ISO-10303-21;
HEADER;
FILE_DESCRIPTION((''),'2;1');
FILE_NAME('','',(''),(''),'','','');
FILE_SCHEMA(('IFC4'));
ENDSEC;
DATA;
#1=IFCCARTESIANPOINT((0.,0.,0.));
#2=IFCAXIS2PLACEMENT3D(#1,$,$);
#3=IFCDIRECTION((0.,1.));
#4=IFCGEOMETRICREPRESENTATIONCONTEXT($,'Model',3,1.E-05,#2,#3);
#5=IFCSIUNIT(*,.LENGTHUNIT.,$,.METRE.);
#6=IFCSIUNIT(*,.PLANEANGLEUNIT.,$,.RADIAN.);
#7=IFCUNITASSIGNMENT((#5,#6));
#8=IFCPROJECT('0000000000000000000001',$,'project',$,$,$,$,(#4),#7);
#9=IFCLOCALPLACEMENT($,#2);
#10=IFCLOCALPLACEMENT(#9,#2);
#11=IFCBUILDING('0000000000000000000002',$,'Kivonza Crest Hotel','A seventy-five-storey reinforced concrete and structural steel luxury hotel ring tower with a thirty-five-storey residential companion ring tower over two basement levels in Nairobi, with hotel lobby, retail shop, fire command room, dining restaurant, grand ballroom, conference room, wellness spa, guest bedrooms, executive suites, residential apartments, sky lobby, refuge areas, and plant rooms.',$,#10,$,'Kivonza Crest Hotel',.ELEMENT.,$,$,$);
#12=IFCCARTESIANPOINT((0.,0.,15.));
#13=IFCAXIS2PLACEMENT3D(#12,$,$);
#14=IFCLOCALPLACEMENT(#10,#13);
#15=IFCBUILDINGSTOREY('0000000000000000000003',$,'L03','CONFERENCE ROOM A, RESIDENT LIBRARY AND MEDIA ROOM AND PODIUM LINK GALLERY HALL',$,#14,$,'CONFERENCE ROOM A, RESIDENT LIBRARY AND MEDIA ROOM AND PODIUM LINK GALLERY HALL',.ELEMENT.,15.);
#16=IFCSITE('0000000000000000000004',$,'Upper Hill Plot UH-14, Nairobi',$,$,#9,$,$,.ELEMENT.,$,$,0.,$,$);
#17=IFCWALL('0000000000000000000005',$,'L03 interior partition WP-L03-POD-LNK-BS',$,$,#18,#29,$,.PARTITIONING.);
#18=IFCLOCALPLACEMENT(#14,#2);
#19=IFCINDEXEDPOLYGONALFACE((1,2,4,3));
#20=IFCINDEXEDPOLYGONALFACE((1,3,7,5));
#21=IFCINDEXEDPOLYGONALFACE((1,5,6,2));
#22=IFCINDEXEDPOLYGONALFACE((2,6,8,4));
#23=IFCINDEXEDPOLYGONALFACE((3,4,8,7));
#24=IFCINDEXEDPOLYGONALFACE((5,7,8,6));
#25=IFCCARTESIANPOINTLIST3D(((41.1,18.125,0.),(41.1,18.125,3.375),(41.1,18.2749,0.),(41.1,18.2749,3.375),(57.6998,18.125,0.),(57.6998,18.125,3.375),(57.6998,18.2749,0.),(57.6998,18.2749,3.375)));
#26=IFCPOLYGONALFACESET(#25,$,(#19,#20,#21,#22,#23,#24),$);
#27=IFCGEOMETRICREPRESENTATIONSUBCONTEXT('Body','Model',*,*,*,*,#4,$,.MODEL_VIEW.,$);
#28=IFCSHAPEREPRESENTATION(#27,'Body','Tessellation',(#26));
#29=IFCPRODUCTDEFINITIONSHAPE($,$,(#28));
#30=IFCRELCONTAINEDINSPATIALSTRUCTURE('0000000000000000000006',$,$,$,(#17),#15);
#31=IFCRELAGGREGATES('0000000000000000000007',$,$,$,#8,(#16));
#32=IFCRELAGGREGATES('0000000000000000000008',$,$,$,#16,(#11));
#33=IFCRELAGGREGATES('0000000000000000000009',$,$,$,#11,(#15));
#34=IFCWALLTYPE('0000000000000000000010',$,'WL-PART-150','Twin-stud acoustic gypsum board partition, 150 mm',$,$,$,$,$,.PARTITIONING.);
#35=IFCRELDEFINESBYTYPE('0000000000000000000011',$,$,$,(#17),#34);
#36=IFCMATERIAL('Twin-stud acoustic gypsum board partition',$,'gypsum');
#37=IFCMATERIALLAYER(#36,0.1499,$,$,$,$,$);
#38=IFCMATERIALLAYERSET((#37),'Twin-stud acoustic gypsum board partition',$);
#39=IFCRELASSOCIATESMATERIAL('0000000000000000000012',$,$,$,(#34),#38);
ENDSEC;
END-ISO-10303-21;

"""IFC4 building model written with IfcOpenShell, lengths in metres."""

from ifc_helpers import new_model, si_unit, direction, frame, frame_2d, origin, place, context, subcontext, project, spatial, rectangle, extrude, material, layer, layer_set, type_object, element, save


model = new_model("IFC4")

# Units and contexts
model_context = context("Model", 3, precision=1e-05, world=origin(), true_north=direction((0.0, 1.0)))
body_context = subcontext(model_context, "Body", "Model", "MODEL_VIEW")
ifc_project = project(units=[si_unit("LENGTHUNIT", "METRE"), si_unit("PLANEANGLEUNIT", "RADIAN")], contexts=[model_context])

# Site, building, storey
site_placement = place(None, origin())
site = spatial("IfcSite", under=ifc_project, at=site_placement, Name="Upper Hill Plot UH-14, Nairobi", CompositionType="ELEMENT", RefElevation=0.0)
building_placement = place(site_placement, origin())
building = spatial("IfcBuilding", under=site, at=building_placement, Name="Kivonza Crest Hotel", Description="A seventy-five-storey reinforced concrete and structural steel luxury hotel ring tower with a thirty-five-storey residential companion ring tower over two basement levels in Nairobi, with hotel lobby, retail shop, fire command room, dining restaurant, grand ballroom, conference room, wellness spa, guest bedrooms, executive suites, residential apartments, sky lobby, refuge areas, and plant rooms.", LongName="Kivonza Crest Hotel", CompositionType="ELEMENT")
storey_placement = place(building_placement, frame((0.0, 0.0, 15.0)))
storey = spatial("IfcBuildingStorey", under=building, at=storey_placement, Name="L03", Description="CONFERENCE ROOM A, RESIDENT LIBRARY AND MEDIA ROOM AND PODIUM LINK GALLERY HALL", LongName="CONFERENCE ROOM A, RESIDENT LIBRARY AND MEDIA ROOM AND PODIUM LINK GALLERY HALL", CompositionType="ELEMENT", Elevation=15.0)

# Wall
ifc_material_1 = material(Name="Twin-stud acoustic gypsum board partition", Category="gypsum")
ifc_layer_1 = layer(ifc_material_1, 0.1499)
ifc_layer_set_1 = layer_set([ifc_layer_1], Name="Twin-stud acoustic gypsum board partition")
wall_type_1 = type_object("IfcWallType", Name="WL-PART-150", Description="Twin-stud acoustic gypsum board partition, 150 mm", PredefinedType="PARTITIONING", material=ifc_layer_set_1)
wall_1_placement = place(storey_placement, frame((41.1001, 18.2, 0.0), z_axis=(0.0, 0.0, 1.0), x_axis=(1.0, 0.0, 0.0)))
element("IfcWall", 1, at=wall_1_placement, inside=storey, type_object=wall_type_1, Name="L03 interior partition WP-L03-POD-LNK-BS", PredefinedType="PARTITIONING", context=body_context, shape_type="SweptSolid", body=[
    extrude(rectangle(XDim=16.5999, YDim=0.1499, at=frame_2d((8.2998, 0.0))), origin(), (0.0, 0.0, 1.0), 3.375),
])

save(model, "model.ifc")
